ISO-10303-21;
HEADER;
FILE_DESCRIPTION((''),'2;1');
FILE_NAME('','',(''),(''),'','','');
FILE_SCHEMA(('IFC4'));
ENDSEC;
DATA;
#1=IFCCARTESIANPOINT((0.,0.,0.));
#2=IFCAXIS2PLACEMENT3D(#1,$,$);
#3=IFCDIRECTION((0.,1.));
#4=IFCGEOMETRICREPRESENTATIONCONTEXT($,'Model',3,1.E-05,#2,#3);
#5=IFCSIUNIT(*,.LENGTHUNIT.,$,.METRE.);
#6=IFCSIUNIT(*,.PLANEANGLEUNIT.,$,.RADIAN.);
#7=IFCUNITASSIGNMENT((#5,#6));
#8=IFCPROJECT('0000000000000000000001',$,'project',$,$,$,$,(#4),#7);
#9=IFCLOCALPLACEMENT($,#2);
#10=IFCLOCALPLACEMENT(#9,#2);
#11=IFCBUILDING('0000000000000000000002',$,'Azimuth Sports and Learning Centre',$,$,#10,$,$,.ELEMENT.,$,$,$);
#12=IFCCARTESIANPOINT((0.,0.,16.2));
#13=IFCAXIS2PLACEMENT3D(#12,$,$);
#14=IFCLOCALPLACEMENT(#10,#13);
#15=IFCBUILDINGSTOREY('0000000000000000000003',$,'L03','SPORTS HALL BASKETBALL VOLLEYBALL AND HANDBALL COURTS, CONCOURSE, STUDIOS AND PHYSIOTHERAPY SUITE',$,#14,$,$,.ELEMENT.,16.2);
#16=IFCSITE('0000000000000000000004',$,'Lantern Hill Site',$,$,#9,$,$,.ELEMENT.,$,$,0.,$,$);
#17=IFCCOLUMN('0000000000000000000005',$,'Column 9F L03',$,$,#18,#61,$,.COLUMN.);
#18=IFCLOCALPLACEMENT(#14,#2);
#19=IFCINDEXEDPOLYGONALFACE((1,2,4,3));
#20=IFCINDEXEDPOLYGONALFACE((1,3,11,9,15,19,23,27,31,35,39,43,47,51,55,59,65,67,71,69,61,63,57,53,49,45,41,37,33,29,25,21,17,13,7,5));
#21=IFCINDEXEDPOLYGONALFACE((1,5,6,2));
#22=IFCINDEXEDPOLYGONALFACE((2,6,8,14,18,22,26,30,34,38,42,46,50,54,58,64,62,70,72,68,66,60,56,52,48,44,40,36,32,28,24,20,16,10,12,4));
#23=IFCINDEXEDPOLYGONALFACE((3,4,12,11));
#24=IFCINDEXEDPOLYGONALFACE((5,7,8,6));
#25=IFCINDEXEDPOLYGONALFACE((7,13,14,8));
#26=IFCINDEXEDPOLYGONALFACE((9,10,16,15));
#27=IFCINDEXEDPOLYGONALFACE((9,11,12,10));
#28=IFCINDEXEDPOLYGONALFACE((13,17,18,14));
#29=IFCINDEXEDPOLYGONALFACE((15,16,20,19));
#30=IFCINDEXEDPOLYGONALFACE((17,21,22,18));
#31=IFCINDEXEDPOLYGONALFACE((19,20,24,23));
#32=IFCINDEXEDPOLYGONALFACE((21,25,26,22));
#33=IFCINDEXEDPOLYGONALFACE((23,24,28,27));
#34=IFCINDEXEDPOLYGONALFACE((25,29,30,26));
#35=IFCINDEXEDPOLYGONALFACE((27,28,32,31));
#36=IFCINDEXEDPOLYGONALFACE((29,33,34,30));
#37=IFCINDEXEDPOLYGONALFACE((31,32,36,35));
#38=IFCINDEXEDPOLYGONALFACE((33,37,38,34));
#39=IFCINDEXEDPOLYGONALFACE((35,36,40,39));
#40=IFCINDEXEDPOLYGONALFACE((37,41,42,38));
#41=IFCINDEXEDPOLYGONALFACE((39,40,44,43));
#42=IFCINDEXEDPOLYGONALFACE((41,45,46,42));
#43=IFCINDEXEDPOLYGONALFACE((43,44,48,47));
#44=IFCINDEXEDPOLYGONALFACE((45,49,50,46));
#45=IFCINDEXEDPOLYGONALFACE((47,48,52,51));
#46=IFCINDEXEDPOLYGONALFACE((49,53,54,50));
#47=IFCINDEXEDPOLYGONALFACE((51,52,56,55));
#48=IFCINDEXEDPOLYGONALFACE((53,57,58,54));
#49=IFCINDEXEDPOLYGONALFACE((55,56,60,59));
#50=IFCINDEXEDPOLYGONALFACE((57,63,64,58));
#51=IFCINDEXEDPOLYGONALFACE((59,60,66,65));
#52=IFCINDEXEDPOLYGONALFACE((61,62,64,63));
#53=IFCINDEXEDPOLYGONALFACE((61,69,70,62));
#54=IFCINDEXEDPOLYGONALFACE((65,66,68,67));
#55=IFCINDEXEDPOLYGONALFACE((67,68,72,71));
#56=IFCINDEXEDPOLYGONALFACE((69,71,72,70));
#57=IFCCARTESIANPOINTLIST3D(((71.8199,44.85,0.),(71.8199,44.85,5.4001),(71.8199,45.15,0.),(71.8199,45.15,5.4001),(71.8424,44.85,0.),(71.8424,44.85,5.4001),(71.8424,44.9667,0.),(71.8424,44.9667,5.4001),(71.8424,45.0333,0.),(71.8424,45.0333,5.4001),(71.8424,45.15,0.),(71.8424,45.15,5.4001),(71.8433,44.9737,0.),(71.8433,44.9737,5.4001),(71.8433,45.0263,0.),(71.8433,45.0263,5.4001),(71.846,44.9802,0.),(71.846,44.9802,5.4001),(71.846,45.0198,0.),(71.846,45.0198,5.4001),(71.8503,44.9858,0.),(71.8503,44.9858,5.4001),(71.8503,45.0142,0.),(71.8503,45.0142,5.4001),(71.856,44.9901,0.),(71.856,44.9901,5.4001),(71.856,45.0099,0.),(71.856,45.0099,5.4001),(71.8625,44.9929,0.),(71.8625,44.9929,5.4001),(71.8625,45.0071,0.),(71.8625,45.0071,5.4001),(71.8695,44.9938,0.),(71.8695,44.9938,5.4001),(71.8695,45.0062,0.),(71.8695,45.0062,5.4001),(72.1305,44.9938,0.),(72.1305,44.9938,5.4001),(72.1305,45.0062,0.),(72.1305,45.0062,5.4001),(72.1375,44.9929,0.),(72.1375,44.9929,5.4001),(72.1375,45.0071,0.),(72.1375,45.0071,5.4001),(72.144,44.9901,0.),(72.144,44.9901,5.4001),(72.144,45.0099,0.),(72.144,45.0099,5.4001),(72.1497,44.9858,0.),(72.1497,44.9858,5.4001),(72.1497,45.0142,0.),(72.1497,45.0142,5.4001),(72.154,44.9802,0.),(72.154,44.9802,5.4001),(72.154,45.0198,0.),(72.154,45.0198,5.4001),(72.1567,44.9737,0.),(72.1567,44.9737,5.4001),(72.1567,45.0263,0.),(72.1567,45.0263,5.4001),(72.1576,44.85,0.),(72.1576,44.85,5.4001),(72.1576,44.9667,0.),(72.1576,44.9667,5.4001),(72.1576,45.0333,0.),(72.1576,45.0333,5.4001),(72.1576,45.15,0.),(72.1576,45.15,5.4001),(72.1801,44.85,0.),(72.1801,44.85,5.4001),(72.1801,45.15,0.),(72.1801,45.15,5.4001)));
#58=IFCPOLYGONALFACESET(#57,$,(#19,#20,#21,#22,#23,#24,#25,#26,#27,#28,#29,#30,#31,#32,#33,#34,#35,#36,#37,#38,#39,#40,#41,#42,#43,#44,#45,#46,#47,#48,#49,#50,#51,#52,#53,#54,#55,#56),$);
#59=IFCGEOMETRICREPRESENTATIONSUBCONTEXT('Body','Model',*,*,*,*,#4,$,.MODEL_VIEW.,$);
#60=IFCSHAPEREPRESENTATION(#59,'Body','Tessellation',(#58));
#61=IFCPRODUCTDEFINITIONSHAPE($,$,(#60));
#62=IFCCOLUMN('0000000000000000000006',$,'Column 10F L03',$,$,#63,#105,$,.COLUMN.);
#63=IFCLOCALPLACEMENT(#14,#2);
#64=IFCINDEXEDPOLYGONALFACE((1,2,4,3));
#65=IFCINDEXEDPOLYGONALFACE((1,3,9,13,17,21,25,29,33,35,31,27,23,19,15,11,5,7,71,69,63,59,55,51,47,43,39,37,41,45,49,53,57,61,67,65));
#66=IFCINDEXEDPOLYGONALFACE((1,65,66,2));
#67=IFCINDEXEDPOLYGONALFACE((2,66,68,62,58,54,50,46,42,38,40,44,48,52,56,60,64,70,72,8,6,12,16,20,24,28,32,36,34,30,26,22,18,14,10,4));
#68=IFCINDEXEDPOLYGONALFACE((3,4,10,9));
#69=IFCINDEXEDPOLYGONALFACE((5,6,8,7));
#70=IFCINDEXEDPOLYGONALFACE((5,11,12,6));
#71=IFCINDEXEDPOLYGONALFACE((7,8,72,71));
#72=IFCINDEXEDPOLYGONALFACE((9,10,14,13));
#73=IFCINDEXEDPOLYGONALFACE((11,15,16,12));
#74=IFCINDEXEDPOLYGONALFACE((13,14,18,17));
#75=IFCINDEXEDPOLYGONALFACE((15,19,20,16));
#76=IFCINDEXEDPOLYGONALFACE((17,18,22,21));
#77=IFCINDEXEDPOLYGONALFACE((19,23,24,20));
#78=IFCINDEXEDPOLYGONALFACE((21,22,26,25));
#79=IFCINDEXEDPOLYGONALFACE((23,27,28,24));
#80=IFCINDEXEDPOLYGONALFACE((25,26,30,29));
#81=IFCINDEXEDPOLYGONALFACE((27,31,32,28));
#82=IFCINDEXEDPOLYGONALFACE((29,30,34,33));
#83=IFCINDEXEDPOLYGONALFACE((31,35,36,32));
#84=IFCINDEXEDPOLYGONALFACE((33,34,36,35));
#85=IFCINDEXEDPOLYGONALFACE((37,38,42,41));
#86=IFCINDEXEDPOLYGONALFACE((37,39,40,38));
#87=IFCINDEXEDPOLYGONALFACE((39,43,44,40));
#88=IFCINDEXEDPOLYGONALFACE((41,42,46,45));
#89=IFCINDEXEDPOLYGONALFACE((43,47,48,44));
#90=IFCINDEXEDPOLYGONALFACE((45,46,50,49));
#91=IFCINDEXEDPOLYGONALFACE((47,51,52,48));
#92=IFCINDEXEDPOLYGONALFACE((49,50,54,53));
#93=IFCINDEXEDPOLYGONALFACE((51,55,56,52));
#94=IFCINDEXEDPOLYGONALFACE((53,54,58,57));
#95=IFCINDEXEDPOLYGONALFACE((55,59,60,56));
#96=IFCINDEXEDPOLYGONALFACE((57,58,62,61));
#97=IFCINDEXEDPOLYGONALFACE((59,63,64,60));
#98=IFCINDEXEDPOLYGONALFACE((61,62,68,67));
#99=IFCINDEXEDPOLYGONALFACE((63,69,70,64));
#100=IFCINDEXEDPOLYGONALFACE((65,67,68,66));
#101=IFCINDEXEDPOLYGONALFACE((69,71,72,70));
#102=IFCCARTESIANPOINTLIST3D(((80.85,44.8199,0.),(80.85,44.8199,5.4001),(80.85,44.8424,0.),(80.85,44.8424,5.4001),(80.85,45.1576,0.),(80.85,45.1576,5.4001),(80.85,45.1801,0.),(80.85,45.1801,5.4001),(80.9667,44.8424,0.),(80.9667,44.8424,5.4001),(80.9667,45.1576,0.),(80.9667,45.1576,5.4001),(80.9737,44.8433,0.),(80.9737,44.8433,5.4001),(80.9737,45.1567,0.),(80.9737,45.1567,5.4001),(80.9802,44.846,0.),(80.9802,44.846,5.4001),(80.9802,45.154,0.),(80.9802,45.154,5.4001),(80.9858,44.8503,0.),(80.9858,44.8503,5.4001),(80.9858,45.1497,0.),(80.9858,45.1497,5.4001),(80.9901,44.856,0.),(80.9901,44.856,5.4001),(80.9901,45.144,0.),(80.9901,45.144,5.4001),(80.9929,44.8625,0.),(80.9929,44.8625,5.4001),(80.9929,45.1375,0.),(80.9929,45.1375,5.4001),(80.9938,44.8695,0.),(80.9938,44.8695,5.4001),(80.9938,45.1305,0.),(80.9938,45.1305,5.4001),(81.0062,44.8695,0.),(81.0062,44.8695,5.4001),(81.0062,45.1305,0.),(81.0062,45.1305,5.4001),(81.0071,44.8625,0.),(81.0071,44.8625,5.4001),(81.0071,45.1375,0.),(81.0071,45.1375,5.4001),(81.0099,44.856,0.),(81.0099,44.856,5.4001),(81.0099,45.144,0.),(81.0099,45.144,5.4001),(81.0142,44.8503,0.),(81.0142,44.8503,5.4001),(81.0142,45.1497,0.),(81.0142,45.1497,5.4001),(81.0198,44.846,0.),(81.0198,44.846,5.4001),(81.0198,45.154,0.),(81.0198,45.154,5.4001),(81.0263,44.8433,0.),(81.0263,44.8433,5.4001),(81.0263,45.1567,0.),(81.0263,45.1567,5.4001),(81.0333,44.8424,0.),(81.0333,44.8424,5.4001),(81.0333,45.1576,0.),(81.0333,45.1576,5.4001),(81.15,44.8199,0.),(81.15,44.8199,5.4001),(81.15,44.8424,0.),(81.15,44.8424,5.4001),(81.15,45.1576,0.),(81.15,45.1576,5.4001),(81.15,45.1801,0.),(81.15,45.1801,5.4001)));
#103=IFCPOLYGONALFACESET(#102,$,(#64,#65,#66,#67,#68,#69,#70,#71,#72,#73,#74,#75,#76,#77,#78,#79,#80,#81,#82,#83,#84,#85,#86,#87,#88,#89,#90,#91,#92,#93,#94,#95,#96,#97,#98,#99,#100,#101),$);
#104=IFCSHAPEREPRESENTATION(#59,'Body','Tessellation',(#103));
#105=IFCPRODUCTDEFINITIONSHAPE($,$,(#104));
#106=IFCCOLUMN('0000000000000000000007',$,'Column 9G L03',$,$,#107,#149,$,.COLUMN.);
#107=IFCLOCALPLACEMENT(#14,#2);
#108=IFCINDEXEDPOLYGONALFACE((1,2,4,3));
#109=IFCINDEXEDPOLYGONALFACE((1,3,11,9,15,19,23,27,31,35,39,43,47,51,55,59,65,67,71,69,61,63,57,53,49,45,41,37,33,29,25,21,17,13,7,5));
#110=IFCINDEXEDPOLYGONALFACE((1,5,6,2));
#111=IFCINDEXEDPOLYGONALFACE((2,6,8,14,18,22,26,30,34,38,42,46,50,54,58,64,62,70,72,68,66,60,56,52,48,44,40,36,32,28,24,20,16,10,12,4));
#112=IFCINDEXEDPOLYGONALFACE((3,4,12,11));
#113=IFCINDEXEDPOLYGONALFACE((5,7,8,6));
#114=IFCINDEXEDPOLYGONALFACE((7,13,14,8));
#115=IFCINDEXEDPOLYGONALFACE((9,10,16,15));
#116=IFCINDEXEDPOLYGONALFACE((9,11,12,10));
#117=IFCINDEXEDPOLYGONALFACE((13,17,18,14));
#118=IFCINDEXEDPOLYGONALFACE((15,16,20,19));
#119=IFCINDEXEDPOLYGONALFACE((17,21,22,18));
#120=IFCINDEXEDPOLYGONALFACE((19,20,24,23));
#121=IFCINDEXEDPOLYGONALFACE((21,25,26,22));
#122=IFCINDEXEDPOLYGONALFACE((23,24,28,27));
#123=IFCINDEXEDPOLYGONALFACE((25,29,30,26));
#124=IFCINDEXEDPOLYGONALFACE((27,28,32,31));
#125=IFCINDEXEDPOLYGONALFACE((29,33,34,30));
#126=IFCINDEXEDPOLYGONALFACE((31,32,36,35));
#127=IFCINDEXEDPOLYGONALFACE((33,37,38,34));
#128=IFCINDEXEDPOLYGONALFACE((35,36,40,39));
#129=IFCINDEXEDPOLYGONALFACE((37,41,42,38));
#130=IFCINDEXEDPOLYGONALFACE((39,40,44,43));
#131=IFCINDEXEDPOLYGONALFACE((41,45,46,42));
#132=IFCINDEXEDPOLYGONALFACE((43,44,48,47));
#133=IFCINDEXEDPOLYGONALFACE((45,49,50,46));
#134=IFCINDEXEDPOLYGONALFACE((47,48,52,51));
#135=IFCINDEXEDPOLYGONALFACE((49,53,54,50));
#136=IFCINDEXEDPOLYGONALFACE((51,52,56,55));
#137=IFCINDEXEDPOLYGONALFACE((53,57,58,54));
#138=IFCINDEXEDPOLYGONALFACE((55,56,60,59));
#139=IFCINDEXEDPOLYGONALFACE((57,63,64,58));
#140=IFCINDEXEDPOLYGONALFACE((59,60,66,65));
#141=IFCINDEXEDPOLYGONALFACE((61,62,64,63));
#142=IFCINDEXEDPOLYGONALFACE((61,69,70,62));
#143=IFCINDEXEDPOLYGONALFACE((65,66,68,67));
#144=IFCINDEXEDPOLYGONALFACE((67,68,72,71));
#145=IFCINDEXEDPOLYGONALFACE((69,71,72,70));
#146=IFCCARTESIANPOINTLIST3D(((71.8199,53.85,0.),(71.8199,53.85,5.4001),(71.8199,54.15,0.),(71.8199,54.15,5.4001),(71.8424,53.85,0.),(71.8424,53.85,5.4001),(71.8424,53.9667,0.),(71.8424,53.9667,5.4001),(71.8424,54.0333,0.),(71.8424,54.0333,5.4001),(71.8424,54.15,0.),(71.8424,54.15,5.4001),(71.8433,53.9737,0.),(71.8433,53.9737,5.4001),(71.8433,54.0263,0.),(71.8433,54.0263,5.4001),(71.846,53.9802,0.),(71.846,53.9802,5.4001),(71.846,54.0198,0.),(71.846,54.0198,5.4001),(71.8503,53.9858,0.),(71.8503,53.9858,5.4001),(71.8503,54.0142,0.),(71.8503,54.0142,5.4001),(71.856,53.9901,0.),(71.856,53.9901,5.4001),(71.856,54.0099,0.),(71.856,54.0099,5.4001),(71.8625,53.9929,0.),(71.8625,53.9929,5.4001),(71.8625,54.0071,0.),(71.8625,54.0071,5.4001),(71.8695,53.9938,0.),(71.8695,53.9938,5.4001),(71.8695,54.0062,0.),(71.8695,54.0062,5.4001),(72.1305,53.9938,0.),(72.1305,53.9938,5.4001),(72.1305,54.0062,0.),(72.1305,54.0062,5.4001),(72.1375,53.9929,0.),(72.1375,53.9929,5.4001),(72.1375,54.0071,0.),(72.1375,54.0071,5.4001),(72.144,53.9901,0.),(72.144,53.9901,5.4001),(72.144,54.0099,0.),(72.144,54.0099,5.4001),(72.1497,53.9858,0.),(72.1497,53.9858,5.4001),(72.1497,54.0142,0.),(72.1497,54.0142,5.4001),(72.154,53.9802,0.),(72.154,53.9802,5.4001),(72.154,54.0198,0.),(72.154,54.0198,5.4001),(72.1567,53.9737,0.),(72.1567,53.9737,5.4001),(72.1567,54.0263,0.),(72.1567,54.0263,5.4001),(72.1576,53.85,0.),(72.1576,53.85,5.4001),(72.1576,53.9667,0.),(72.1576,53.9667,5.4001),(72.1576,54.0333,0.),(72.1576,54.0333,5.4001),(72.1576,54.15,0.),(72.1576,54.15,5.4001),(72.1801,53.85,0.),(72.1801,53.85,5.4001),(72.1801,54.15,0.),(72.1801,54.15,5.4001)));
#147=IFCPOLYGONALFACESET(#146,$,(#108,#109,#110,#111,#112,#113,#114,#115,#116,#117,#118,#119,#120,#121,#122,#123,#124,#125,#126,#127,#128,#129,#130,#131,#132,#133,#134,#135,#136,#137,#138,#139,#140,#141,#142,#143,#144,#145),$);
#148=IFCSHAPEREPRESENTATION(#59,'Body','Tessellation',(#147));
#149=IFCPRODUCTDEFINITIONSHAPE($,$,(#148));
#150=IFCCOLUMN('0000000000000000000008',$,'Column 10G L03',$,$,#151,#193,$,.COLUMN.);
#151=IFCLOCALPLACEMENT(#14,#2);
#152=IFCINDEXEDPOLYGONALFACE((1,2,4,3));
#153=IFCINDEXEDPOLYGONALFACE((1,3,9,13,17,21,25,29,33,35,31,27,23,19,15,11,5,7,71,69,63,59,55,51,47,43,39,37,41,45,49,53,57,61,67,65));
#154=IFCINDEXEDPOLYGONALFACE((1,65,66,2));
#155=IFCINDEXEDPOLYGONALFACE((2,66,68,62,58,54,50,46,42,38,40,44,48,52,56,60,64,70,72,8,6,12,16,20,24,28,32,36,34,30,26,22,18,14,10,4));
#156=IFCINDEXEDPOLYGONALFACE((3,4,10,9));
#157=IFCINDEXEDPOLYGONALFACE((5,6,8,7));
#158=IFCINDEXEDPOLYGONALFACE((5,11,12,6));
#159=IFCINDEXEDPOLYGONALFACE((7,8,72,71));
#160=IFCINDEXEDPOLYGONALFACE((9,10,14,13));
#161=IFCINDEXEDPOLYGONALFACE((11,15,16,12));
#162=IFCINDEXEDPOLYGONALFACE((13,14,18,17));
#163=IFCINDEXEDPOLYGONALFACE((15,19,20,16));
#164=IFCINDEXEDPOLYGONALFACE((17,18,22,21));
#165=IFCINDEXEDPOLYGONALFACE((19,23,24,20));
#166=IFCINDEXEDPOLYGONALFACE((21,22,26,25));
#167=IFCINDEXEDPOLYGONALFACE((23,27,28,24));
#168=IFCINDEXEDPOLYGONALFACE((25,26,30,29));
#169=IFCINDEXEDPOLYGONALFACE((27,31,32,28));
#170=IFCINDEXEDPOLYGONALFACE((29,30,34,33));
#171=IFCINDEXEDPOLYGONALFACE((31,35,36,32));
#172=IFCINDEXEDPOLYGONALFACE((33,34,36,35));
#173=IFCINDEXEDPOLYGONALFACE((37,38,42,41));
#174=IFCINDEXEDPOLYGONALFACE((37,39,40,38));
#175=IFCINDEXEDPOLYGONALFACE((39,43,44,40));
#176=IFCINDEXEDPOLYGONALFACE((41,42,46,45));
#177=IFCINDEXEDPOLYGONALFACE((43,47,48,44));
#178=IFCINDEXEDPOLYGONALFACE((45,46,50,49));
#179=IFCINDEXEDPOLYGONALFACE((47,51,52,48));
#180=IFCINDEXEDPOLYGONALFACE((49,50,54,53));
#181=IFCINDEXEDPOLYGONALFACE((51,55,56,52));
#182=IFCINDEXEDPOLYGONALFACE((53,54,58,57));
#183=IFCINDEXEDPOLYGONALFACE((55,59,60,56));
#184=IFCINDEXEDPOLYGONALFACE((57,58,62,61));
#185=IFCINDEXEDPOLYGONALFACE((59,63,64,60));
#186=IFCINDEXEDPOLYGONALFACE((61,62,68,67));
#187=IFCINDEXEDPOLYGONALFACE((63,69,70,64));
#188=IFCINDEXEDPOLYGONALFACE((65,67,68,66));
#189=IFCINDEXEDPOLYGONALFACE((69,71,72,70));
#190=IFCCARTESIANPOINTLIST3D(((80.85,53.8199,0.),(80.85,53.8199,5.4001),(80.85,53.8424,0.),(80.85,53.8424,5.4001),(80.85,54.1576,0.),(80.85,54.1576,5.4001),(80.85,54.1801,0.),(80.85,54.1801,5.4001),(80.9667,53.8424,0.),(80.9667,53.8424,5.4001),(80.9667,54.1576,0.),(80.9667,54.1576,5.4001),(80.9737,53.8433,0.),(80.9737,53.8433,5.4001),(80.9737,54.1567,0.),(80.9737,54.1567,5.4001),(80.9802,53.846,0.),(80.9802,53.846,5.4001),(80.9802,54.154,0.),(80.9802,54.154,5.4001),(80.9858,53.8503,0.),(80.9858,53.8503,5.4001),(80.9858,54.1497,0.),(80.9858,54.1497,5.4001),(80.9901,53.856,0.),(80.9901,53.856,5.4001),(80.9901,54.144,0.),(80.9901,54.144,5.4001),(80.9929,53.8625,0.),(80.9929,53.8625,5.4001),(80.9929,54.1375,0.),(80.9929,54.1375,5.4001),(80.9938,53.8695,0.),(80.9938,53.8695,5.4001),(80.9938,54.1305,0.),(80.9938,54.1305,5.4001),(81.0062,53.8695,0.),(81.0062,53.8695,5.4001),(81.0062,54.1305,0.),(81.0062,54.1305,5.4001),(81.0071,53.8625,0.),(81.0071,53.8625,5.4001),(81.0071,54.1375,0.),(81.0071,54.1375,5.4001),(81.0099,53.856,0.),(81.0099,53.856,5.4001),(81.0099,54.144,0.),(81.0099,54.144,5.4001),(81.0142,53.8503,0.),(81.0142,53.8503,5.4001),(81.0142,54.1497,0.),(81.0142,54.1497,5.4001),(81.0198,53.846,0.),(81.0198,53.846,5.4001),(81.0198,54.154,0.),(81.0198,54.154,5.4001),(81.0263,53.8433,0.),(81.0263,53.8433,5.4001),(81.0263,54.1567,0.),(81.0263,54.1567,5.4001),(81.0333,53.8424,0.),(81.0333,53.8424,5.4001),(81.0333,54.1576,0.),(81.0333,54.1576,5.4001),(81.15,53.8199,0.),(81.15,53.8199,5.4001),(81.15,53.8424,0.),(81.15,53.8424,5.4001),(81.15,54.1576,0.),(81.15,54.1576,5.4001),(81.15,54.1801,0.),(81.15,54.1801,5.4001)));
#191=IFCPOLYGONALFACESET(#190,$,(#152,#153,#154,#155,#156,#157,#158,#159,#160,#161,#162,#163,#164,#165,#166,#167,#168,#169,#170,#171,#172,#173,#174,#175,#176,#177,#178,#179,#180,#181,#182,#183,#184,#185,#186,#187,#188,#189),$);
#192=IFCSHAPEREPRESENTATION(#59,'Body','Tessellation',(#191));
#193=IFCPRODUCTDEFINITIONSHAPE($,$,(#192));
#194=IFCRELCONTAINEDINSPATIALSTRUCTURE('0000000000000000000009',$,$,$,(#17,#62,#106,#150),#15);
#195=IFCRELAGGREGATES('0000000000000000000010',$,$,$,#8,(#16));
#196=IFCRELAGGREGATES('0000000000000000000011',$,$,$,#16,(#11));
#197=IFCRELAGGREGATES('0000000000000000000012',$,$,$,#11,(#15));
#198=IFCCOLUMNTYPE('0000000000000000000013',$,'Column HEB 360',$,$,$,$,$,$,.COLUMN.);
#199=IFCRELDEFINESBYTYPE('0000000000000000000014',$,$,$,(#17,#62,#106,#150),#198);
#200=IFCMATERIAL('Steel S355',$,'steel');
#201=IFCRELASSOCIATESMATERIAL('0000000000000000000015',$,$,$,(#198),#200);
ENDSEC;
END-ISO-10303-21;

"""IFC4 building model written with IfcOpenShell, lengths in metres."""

from ifc_helpers import new_model, si_unit, direction, frame, origin, origin_2d, place, context, subcontext, project, spatial, i_section, extrude, material, material_profile, profile_set, type_object, element, save


model = new_model("IFC4")

# Units and contexts
model_context = context("Model", 3, precision=1e-05, world=origin(), true_north=direction((0.0, 1.0)))
body_context = subcontext(model_context, "Body", "Model", "MODEL_VIEW")
ifc_project = project(units=[si_unit("LENGTHUNIT", "METRE"), si_unit("PLANEANGLEUNIT", "RADIAN")], contexts=[model_context])

# Site, building, storey
site_placement = place(None, origin())
site = spatial("IfcSite", under=ifc_project, at=site_placement, Name="Lantern Hill Site", CompositionType="ELEMENT", RefElevation=0.0)
building_placement = place(site_placement, origin())
building = spatial("IfcBuilding", under=site, at=building_placement, Name="Azimuth Sports and Learning Centre", CompositionType="ELEMENT")
storey_placement = place(building_placement, frame((0.0, 0.0, 16.2)))
storey = spatial("IfcBuildingStorey", under=building, at=storey_placement, Name="L03", Description="SPORTS HALL BASKETBALL VOLLEYBALL AND HANDBALL COURTS, CONCOURSE, STUDIOS AND PHYSIOTHERAPY SUITE", CompositionType="ELEMENT", Elevation=16.2)

# Columns
ifc_material_1 = material(Name="Steel S355", Category="steel")
ifc_material_profile_1 = material_profile(ifc_material_1, i_section(OverallWidth=0.3, OverallDepth=0.3601, WebThickness=0.0125, FlangeThickness=0.0225, FilletRadius=0.0271, at=origin_2d()), Name="HEB 360")
ifc_profile_set_1 = profile_set([ifc_material_profile_1], Name="Steel S355")
column_type = type_object("IfcColumnType", Name="Column HEB 360", PredefinedType="COLUMN", material=ifc_profile_set_1)
for number, where, z_axis, x_axis, name in (
    (1, (72.0, 45.0, 0.0), (0.0, 0.0, 1.0), (0.0, 1.0, 0.0), "Column 9F L03"),
    (2, (81.0, 45.0, 0.0), (0.0, 0.0, 1.0), (1.0, 0.0, 0.0), "Column 10F L03"),
    (3, (72.0, 54.0, 0.0), (0.0, 0.0, 1.0), (0.0, 1.0, 0.0), "Column 9G L03"),
    (4, (81.0, 54.0, 0.0), (0.0, 0.0, 1.0), (1.0, 0.0, 0.0), "Column 10G L03"),
):
    element("IfcColumn", number, at=place(storey_placement, frame(where, z_axis=z_axis, x_axis=x_axis)), inside=storey, type_object=column_type, Name=name, PredefinedType="COLUMN", context=body_context, shape_type="SweptSolid", body=[
        extrude(i_section(OverallWidth=0.3, OverallDepth=0.3601, WebThickness=0.0125, FlangeThickness=0.0225, FilletRadius=0.0271, at=origin_2d()), origin(), (0.0, 0.0, 1.0), 5.4001),
    ])

save(model, "model.ifc")
